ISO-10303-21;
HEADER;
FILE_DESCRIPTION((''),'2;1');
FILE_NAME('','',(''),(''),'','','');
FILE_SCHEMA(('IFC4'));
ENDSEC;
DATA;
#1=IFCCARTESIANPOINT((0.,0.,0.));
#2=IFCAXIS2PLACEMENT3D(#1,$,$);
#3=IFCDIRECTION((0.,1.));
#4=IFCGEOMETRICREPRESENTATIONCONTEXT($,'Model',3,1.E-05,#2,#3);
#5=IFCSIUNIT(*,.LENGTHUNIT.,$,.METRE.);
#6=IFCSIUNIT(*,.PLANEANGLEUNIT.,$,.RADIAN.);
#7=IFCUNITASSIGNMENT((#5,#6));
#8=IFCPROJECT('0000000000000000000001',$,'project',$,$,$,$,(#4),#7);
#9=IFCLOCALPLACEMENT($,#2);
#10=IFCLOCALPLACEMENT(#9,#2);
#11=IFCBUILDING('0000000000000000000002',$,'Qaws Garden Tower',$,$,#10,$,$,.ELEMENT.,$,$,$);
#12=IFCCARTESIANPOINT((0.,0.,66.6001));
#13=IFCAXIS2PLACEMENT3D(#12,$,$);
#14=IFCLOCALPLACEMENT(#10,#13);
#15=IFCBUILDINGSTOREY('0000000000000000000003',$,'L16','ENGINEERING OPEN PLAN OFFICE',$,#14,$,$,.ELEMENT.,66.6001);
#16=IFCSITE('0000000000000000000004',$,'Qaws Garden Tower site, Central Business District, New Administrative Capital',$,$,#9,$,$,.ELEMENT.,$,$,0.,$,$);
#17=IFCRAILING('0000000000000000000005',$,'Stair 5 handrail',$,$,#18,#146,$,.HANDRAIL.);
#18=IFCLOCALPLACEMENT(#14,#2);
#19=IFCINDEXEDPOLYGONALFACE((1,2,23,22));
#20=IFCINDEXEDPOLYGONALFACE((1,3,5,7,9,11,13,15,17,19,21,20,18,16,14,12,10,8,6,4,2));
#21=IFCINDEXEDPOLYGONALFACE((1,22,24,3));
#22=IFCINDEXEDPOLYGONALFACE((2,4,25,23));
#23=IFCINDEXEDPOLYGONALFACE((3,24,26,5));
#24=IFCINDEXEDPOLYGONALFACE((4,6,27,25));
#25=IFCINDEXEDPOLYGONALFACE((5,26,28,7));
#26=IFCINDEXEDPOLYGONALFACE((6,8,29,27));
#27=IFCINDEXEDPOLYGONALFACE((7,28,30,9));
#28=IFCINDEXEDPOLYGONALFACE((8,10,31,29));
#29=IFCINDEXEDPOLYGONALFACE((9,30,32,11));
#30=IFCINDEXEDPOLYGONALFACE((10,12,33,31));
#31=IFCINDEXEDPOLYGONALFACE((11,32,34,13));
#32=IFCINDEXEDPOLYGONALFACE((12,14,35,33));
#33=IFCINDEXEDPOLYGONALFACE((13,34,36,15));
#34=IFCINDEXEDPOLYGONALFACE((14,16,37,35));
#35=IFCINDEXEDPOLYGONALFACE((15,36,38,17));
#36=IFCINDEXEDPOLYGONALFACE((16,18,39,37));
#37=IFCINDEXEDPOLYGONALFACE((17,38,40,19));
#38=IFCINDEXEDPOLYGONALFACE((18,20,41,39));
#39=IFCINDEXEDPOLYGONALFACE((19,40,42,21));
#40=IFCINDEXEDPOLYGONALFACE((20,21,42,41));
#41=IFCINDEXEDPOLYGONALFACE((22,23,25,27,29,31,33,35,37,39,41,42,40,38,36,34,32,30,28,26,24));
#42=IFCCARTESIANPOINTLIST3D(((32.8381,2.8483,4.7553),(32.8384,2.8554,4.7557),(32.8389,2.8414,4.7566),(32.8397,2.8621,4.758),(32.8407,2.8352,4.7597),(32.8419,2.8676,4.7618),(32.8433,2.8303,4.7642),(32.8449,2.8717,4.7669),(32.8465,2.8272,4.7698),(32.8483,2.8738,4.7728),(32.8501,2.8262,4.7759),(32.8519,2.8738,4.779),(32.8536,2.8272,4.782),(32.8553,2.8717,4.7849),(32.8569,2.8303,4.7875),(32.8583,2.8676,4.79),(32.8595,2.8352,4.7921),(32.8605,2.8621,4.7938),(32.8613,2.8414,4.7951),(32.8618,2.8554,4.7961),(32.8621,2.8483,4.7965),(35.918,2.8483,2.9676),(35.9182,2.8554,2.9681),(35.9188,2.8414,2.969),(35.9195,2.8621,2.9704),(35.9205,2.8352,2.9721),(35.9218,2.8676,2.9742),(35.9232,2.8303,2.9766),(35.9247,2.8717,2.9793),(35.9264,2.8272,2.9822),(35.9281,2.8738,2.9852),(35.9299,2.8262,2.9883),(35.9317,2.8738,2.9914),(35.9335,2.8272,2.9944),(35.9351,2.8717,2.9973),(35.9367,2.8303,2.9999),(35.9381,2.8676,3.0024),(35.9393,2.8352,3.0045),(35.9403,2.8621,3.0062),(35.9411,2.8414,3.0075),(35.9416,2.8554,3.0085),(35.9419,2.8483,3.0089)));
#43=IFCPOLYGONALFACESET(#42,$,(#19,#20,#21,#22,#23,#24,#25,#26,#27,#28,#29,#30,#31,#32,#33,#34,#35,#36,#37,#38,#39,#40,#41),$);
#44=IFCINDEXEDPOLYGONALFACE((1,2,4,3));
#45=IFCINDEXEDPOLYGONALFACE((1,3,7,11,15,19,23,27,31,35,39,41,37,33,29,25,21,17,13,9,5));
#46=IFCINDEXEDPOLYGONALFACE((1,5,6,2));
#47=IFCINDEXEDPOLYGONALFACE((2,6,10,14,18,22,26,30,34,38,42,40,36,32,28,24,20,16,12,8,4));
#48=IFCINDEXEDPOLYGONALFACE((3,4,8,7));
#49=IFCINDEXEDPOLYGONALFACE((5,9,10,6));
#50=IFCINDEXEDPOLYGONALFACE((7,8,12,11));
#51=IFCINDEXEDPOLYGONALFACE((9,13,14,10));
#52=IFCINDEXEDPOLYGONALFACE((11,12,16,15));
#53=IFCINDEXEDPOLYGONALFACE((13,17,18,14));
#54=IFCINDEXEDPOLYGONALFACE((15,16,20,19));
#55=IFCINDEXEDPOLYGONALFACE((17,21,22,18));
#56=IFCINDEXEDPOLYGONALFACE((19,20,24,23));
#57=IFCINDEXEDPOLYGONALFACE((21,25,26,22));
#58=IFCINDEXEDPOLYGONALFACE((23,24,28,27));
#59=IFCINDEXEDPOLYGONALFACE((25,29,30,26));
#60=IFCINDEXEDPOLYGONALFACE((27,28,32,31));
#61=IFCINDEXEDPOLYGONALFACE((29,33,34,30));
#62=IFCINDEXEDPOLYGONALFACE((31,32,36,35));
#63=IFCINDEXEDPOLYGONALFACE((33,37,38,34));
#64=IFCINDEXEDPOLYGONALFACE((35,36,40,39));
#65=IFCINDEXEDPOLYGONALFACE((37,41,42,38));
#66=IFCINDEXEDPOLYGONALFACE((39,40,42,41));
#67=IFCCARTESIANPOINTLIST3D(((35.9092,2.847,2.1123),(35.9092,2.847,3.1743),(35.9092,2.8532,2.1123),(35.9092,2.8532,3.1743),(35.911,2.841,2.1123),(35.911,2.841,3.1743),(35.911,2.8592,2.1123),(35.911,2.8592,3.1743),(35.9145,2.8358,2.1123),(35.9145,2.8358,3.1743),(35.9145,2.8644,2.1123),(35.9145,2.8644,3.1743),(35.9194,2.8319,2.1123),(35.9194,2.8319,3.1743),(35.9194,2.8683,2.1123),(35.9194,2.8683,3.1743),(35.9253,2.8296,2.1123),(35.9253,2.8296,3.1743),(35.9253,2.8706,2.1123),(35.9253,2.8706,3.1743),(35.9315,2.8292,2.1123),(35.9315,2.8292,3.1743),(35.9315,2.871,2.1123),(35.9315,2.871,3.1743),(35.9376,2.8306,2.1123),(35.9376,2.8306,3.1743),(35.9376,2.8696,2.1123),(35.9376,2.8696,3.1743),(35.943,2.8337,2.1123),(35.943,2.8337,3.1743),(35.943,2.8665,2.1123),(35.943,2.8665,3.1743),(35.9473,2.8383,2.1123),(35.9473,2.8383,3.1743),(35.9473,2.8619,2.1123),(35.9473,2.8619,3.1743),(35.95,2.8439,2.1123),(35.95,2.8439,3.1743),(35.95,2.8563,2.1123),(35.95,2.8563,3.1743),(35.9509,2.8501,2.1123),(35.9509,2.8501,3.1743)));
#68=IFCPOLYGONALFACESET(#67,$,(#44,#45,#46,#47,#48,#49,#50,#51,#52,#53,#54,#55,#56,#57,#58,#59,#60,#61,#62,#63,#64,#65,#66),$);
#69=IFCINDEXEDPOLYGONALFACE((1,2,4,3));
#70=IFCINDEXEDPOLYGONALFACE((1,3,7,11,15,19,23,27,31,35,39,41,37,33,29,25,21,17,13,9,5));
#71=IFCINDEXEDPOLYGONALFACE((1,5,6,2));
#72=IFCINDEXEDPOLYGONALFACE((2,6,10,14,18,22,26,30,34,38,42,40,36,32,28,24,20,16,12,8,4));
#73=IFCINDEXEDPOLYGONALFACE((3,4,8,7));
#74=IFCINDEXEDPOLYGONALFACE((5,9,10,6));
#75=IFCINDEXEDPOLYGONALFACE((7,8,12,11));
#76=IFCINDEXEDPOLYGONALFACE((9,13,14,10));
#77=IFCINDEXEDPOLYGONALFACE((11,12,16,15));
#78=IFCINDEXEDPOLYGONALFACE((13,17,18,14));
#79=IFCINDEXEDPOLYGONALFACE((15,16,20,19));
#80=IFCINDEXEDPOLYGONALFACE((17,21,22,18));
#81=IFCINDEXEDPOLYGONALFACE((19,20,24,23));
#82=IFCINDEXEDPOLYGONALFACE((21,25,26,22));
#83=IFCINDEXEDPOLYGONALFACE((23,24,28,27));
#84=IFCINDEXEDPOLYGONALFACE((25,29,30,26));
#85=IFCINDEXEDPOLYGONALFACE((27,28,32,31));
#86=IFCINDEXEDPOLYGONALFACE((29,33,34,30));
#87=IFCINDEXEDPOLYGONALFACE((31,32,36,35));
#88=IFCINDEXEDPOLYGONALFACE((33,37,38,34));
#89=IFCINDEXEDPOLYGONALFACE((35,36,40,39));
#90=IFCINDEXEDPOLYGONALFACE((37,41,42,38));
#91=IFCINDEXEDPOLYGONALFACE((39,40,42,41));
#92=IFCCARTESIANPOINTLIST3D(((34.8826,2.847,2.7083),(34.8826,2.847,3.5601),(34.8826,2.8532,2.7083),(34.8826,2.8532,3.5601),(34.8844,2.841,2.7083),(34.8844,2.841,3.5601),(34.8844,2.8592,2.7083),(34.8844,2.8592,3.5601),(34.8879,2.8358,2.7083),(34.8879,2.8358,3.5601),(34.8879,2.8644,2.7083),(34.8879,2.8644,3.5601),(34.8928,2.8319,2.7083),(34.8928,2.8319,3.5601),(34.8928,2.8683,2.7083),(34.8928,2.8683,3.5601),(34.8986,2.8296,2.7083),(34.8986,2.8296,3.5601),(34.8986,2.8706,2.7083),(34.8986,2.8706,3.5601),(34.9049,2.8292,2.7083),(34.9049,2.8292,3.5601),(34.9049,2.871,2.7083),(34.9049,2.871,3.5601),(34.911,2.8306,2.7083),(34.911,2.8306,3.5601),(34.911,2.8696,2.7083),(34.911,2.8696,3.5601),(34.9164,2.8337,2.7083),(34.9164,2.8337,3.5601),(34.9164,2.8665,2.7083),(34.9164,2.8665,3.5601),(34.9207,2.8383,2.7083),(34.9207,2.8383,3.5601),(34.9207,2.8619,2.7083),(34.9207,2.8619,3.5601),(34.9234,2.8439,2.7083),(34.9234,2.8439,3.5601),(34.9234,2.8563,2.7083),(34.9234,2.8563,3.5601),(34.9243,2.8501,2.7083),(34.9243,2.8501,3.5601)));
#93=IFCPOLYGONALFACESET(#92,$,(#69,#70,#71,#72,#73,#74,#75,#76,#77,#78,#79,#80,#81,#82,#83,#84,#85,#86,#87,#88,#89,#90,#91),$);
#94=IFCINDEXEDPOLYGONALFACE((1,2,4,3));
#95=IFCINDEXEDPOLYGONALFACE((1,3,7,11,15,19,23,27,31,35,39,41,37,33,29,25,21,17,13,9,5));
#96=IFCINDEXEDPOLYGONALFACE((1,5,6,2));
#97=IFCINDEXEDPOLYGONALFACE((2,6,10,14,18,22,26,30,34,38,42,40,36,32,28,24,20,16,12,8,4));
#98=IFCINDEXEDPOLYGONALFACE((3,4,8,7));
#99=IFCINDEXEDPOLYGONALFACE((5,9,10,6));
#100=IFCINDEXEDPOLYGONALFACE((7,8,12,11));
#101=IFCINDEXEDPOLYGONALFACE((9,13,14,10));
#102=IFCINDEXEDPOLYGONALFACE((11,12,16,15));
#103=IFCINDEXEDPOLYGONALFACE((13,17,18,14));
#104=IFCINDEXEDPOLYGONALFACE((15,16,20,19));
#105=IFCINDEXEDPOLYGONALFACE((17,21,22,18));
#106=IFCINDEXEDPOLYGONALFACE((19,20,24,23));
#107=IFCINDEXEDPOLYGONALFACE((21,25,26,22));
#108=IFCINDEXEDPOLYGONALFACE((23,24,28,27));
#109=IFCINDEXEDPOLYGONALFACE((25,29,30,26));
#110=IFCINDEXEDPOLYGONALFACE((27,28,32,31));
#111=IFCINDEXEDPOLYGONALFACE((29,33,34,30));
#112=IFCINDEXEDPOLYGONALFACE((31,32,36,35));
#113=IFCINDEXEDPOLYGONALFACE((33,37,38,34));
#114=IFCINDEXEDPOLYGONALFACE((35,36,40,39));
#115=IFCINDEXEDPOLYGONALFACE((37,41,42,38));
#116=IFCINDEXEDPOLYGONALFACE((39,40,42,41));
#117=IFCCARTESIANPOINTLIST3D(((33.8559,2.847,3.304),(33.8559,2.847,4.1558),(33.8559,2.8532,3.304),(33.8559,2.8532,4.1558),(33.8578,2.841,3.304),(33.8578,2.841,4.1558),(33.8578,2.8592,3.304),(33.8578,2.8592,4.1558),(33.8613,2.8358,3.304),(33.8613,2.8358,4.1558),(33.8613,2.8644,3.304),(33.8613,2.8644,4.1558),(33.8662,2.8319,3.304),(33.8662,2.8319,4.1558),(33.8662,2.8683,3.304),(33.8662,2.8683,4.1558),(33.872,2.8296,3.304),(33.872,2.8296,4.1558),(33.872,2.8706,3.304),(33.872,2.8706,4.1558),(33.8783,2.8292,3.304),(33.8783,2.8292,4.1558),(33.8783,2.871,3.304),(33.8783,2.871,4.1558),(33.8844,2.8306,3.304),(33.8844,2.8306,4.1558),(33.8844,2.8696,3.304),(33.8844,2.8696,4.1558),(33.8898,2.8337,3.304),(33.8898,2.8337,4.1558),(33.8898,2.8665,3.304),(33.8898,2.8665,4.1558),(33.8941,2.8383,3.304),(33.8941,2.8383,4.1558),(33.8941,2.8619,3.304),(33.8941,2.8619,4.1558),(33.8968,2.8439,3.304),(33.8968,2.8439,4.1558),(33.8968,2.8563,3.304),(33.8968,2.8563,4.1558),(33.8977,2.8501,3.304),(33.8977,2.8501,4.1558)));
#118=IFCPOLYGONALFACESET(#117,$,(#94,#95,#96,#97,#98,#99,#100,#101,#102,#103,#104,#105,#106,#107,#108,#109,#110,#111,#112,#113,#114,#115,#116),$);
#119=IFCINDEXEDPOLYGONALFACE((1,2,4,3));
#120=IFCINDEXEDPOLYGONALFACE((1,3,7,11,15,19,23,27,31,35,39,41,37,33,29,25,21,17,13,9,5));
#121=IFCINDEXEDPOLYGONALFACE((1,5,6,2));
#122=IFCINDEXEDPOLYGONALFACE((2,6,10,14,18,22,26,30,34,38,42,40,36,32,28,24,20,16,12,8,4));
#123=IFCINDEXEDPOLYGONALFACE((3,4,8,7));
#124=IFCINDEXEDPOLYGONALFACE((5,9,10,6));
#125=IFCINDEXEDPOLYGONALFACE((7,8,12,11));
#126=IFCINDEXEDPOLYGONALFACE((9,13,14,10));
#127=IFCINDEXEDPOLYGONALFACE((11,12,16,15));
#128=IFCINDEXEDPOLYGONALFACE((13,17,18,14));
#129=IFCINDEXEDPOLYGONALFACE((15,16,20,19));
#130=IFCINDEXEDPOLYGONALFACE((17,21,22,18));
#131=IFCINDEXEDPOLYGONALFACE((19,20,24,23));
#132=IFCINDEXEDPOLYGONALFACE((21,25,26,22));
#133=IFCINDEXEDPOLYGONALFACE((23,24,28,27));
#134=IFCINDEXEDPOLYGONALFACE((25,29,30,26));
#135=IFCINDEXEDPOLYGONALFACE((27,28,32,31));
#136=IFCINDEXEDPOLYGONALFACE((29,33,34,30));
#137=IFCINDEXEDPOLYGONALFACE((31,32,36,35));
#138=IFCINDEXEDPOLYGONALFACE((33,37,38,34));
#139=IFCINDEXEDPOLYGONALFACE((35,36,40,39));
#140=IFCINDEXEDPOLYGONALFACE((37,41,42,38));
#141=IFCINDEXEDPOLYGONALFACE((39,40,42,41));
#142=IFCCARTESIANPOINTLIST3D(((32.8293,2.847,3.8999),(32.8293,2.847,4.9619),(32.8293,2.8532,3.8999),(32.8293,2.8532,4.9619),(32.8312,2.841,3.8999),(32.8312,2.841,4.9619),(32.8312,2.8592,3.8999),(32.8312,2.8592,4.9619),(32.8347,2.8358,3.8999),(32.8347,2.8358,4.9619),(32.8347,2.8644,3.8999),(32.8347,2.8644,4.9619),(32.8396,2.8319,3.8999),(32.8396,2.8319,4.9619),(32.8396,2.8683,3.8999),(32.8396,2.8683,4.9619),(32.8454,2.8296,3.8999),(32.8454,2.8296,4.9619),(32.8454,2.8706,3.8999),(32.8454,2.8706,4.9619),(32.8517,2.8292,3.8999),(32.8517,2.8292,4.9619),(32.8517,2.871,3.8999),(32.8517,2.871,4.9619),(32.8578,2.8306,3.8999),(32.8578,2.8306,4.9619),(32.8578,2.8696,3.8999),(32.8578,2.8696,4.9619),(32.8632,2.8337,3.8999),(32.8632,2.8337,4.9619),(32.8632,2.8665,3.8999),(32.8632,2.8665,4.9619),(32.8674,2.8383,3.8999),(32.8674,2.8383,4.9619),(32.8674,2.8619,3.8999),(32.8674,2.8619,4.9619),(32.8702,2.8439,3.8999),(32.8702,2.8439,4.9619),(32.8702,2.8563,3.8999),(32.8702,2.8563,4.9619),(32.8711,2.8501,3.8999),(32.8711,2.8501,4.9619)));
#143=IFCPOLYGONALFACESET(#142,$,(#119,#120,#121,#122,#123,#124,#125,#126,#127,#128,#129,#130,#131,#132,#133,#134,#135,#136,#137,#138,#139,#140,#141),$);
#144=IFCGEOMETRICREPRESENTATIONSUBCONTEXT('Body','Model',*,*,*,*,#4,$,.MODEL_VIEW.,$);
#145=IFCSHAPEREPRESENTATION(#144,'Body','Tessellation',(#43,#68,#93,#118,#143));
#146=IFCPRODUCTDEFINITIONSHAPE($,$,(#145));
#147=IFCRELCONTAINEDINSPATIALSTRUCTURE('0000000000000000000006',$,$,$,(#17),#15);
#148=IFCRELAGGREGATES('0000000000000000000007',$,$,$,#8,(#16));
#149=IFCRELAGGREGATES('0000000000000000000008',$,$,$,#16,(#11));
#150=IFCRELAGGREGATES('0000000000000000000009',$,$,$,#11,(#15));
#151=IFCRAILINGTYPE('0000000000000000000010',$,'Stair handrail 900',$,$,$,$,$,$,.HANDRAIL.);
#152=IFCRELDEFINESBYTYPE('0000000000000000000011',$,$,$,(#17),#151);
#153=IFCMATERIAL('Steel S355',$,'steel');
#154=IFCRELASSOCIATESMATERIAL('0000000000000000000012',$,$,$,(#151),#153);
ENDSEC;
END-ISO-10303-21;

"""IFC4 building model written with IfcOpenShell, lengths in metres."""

from ifc_helpers import new_model, si_unit, direction, frame, origin, origin_2d, place, context, subcontext, project, spatial, circle, extrude, material, type_object, element, save


model = new_model("IFC4")

# Units and contexts
model_context = context("Model", 3, precision=1e-05, world=origin(), true_north=direction((0.0, 1.0)))
body_context = subcontext(model_context, "Body", "Model", "MODEL_VIEW")
ifc_project = project(units=[si_unit("LENGTHUNIT", "METRE"), si_unit("PLANEANGLEUNIT", "RADIAN")], contexts=[model_context])

# Site, building, storey
site_placement = place(None, origin())
site = spatial("IfcSite", under=ifc_project, at=site_placement, Name="Qaws Garden Tower site, Central Business District, New Administrative Capital", CompositionType="ELEMENT", RefElevation=0.0)
building_placement = place(site_placement, origin())
building = spatial("IfcBuilding", under=site, at=building_placement, Name="Qaws Garden Tower", CompositionType="ELEMENT")
storey_placement = place(building_placement, frame((0.0, 0.0, 66.6001)))
storey = spatial("IfcBuildingStorey", under=building, at=storey_placement, Name="L16", Description="ENGINEERING OPEN PLAN OFFICE", CompositionType="ELEMENT", Elevation=66.6001)

# Railing
ifc_material_1 = material(Name="Steel S355", Category="steel")
railing_type = type_object("IfcRailingType", Name="Stair handrail 900", PredefinedType="HANDRAIL", material=ifc_material_1)
railing_1_placement = place(storey_placement, frame((35.9299, 2.8501, 2.1123)))
element("IfcRailing", 1, at=railing_1_placement, inside=storey, type_object=railing_type, Name="Stair 5 handrail", PredefinedType="HANDRAIL", context=body_context, shape_type="SweptSolid", body=[
    extrude(circle(Radius=0.0239, at=origin_2d()), frame((0.0, 0.0, 0.876), z_axis=(-0.864873, 0.0, 0.50199), x_axis=(0.0, -1.0, 0.0)), (0.0, 0.0, 1.0), 3.561),
    extrude(circle(Radius=0.021, at=origin_2d()), origin(), (0.0, 0.0, 1.0), 1.062),
    extrude(circle(Radius=0.021, at=origin_2d()), frame((-1.0266, 0.0, 0.5959)), (0.0, 0.0, 1.0), 0.8518),
    extrude(circle(Radius=0.021, at=origin_2d()), frame((-2.0532, 0.0, 1.1917)), (0.0, 0.0, 1.0), 0.8518),
    extrude(circle(Radius=0.021, at=origin_2d()), frame((-3.0798, 0.0, 1.7876)), (0.0, 0.0, 1.0), 1.062),
])

save(model, "model.ifc")
